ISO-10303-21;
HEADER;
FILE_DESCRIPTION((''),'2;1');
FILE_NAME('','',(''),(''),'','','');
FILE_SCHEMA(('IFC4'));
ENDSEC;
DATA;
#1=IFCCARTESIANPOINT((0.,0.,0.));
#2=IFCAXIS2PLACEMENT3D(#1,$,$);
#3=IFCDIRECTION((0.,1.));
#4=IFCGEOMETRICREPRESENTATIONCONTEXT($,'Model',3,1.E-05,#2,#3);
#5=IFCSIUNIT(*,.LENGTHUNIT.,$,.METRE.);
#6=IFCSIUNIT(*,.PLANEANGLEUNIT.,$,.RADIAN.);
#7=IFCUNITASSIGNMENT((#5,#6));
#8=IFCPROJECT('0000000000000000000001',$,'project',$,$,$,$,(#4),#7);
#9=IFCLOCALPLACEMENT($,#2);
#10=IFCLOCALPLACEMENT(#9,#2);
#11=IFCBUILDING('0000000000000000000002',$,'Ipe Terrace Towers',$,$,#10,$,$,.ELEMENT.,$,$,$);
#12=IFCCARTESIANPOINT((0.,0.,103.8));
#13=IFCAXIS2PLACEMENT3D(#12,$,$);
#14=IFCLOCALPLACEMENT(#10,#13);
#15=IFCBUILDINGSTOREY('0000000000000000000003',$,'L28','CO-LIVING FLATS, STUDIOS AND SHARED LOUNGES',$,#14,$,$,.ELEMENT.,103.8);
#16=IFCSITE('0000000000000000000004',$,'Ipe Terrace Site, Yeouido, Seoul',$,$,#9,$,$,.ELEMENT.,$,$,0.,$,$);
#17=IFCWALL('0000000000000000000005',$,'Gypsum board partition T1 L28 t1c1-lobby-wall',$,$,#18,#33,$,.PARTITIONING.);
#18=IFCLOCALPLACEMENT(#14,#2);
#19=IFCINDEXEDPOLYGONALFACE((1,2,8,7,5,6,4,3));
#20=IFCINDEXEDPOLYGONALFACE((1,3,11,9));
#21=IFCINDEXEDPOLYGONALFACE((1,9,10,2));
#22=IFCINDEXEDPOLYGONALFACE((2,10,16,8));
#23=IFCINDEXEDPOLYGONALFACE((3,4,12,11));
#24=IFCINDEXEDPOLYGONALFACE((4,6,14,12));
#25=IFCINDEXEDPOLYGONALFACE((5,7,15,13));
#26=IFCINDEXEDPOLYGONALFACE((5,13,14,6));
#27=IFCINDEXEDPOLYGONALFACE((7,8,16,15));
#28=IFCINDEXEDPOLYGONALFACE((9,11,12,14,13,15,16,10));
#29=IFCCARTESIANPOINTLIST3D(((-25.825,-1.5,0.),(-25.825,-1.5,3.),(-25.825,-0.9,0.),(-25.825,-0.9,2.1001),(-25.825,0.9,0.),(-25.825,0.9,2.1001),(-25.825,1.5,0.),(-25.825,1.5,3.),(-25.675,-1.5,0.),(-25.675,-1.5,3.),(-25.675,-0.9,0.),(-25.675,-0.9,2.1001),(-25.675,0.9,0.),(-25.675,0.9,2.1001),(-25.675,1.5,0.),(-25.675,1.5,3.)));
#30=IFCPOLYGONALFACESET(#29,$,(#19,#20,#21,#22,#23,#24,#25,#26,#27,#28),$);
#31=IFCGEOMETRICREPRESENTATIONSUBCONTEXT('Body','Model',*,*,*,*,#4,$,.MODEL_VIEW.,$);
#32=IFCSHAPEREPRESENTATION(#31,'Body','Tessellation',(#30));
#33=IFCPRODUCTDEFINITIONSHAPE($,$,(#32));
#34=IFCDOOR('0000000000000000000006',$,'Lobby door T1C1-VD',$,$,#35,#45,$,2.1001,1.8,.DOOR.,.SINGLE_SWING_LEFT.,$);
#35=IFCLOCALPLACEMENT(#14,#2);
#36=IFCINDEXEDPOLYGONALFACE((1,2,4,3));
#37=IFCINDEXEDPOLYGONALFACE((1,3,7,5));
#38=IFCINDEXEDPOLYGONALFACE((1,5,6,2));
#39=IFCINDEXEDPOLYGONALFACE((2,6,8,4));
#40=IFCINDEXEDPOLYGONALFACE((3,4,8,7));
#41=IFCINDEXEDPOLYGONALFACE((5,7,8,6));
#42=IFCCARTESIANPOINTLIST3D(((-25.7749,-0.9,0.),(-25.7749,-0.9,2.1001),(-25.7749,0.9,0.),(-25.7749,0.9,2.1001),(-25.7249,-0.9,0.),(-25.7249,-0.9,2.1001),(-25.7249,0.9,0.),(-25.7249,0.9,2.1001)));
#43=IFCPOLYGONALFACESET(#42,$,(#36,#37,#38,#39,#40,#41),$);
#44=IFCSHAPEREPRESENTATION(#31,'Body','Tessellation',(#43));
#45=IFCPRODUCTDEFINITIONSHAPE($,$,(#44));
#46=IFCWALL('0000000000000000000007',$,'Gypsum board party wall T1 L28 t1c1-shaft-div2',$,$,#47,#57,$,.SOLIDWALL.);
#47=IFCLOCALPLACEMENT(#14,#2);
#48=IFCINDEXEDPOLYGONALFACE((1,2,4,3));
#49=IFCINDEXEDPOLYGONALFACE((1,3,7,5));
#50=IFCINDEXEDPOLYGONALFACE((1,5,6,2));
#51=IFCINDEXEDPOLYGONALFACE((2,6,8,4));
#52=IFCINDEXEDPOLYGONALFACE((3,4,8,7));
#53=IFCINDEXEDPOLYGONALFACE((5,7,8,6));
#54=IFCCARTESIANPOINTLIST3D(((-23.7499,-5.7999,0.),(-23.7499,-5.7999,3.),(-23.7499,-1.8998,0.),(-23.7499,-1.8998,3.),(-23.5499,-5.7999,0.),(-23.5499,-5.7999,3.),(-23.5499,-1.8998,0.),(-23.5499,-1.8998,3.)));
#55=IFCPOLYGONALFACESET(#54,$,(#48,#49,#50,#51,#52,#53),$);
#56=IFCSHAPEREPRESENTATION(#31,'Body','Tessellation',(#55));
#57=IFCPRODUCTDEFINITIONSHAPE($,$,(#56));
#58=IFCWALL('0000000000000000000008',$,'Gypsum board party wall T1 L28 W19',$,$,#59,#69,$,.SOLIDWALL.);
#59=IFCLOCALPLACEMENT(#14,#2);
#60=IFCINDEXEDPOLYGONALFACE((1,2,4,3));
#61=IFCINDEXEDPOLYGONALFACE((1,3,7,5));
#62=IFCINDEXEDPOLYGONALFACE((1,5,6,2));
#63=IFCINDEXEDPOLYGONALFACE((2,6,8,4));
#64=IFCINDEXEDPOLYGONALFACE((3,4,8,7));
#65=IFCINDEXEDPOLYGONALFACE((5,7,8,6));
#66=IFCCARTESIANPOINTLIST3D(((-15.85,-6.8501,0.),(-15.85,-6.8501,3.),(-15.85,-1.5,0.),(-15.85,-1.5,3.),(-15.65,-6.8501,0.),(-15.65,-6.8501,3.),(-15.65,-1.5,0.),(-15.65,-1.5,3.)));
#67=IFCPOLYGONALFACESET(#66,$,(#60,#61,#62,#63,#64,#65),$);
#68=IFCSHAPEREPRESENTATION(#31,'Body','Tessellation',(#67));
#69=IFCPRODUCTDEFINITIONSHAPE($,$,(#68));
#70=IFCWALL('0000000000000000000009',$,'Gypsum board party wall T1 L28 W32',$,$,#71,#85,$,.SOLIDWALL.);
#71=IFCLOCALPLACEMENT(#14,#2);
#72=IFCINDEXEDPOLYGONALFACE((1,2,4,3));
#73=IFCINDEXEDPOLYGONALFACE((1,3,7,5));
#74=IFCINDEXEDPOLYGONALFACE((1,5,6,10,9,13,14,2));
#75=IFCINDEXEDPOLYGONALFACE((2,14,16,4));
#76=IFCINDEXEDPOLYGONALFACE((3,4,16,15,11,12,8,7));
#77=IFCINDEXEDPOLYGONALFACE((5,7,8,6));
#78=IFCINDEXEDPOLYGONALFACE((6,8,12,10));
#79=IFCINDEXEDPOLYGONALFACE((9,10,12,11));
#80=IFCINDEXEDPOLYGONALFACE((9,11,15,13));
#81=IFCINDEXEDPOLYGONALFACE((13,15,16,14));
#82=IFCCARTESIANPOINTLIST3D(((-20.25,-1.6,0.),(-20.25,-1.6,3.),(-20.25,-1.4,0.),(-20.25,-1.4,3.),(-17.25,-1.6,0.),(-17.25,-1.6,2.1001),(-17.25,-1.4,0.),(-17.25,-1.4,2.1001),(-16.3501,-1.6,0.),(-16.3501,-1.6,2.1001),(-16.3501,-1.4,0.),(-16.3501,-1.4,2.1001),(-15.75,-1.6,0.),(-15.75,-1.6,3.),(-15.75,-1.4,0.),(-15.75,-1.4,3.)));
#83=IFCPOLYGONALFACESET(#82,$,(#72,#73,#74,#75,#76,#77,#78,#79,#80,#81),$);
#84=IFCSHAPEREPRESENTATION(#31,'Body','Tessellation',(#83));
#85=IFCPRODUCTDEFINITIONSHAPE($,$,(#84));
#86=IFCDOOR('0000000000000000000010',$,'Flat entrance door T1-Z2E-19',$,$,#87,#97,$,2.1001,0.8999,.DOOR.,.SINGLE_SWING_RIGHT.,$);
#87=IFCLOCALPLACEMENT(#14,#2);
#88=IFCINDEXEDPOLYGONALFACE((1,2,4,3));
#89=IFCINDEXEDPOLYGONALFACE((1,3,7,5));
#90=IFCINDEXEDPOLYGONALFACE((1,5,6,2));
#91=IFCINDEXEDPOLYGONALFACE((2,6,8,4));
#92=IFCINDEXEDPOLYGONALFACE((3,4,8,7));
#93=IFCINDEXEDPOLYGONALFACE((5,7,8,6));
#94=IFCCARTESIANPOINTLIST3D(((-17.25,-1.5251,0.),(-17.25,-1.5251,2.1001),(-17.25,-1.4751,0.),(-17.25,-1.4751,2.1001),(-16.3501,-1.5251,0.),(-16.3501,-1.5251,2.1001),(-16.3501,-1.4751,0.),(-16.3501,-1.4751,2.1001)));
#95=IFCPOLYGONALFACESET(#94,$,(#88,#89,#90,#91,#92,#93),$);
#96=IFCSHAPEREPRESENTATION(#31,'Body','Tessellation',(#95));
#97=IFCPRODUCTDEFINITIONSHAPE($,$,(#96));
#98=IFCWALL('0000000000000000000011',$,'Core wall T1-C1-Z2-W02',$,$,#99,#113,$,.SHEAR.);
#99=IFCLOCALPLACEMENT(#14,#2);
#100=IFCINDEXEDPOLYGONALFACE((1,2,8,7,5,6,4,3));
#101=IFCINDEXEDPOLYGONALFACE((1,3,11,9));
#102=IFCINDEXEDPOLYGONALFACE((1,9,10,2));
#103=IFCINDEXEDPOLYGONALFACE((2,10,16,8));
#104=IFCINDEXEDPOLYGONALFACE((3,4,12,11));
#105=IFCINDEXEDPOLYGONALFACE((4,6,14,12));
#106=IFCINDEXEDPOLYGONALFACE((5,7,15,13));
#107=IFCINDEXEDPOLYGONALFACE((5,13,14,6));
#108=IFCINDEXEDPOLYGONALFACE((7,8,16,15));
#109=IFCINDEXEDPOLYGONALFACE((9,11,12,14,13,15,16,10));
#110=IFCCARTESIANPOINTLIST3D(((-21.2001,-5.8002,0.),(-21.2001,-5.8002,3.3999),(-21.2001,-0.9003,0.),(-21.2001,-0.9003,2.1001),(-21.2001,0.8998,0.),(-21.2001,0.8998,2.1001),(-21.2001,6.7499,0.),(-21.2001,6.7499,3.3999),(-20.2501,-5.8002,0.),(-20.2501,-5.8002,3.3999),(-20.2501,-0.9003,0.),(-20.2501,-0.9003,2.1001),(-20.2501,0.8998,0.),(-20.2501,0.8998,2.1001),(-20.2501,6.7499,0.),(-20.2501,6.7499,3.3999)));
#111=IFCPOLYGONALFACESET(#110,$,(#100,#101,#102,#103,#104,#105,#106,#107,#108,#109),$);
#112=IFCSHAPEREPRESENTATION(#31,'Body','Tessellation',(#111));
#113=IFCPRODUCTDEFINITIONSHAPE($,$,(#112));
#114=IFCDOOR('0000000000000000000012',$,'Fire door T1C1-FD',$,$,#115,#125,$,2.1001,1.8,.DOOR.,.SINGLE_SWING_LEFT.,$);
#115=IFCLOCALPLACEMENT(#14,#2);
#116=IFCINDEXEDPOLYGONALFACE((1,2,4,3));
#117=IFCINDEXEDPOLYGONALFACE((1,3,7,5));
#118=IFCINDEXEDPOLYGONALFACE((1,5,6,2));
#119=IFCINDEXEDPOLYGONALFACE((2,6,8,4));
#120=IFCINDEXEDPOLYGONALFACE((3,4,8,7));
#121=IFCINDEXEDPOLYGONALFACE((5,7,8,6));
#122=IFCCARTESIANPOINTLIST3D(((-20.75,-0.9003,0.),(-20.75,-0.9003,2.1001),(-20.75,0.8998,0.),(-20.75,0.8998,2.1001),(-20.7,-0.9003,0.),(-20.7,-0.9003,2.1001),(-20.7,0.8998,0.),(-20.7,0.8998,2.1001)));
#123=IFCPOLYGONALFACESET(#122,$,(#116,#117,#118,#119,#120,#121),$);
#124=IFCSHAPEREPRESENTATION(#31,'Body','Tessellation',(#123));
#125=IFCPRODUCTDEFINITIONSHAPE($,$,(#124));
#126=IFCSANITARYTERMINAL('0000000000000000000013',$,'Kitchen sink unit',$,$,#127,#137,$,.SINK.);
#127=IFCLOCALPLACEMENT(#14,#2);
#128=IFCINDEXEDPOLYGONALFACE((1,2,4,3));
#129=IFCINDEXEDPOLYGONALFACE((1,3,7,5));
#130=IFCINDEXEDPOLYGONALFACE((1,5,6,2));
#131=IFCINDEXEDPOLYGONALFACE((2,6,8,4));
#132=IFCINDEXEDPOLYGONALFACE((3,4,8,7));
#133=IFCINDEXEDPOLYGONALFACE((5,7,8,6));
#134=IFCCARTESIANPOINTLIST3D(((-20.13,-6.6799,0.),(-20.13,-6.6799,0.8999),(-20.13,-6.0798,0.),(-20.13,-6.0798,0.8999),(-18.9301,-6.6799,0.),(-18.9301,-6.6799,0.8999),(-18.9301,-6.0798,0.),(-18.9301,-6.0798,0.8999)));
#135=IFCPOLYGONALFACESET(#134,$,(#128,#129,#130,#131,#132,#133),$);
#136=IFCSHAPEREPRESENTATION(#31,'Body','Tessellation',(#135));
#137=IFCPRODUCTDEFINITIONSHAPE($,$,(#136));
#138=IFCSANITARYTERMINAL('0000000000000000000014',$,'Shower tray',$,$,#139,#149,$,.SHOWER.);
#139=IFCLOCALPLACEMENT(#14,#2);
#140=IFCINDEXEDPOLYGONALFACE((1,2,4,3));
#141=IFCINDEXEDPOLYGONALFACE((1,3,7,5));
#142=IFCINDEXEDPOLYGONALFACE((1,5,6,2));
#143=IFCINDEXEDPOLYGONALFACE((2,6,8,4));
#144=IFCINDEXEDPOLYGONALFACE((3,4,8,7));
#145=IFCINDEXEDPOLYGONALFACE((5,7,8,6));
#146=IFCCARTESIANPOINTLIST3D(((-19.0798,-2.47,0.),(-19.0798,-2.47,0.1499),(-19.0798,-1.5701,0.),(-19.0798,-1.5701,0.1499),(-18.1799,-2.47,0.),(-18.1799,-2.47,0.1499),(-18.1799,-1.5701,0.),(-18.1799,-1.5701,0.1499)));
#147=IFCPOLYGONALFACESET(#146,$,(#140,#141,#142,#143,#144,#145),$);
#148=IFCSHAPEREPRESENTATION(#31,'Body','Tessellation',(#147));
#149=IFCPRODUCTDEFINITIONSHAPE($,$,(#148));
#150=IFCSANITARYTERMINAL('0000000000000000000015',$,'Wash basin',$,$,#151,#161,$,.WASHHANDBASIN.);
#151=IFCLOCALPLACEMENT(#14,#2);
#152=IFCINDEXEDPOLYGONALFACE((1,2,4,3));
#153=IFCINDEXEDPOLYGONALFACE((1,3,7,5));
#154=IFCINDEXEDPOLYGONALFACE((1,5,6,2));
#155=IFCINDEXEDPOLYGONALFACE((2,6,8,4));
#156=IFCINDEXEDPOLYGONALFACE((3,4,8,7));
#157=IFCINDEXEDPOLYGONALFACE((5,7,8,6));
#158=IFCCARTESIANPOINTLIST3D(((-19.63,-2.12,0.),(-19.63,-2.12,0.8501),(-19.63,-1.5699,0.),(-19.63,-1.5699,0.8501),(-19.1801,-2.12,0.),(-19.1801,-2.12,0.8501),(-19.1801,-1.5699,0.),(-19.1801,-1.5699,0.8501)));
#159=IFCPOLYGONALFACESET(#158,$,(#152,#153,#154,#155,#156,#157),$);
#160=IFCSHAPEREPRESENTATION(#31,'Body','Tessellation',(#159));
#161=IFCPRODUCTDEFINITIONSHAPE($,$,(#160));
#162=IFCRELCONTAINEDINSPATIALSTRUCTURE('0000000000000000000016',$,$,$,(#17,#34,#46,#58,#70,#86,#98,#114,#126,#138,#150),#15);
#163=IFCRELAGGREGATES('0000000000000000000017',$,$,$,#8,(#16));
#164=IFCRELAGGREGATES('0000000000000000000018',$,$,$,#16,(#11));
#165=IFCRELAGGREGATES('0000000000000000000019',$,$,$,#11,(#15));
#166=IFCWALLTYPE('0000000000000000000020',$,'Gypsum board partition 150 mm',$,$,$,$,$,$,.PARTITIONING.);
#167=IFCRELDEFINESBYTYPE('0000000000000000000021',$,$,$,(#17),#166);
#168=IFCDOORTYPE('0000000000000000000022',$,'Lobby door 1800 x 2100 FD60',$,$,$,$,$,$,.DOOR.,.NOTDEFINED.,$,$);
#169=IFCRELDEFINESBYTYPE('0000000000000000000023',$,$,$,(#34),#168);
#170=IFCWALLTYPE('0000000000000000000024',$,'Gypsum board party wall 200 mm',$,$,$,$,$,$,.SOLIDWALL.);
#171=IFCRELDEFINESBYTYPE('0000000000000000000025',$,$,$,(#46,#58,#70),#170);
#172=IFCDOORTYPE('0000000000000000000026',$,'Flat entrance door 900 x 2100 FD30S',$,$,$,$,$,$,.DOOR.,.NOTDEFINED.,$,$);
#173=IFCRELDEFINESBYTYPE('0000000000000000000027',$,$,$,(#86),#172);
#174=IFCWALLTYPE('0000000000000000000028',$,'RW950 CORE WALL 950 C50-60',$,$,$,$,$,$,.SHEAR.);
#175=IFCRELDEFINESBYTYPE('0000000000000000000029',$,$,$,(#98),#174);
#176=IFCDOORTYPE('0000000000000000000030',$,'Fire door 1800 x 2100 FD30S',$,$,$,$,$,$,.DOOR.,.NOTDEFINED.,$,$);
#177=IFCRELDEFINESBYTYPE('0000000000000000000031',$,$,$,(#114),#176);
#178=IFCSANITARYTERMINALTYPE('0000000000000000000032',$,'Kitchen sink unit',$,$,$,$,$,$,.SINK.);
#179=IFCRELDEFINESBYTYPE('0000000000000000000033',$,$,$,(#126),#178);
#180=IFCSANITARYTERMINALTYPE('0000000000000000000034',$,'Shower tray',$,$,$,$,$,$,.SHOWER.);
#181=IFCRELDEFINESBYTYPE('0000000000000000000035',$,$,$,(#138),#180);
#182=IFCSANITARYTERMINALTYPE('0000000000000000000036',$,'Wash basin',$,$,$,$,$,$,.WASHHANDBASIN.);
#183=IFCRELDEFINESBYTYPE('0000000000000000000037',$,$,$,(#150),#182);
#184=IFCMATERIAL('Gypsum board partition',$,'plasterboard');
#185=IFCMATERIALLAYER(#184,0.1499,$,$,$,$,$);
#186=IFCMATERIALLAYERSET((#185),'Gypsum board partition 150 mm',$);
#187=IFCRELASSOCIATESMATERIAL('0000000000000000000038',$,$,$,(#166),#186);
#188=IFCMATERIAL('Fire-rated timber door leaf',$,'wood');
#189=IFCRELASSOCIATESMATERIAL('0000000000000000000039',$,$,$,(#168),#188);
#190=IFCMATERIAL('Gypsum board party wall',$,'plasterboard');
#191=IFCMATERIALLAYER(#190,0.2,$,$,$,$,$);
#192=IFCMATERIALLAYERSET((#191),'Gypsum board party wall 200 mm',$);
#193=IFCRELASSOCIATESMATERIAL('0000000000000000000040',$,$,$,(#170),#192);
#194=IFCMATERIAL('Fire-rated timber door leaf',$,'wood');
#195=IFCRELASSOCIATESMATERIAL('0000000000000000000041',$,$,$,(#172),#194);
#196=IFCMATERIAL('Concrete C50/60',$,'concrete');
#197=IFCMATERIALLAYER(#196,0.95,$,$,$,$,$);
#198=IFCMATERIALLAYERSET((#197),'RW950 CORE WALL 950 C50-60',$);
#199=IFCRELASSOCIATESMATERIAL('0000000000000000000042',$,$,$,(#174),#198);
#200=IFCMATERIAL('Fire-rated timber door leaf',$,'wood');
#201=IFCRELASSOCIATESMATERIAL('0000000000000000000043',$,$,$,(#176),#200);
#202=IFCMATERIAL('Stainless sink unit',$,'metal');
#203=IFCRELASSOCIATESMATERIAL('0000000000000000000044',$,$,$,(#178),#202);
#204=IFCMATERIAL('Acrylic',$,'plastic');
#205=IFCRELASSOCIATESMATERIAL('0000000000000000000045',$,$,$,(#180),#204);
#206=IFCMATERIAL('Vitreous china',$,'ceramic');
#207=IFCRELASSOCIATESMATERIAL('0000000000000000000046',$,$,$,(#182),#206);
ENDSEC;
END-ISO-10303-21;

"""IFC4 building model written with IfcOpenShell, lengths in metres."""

from ifc_helpers import new_model, si_unit, direction, frame, frame_2d, origin, origin_2d, place, context, subcontext, project, spatial, rectangle, extrude, material, layer, layer_set, type_object, element, fill, save


model = new_model("IFC4")

# Units and contexts
model_context = context("Model", 3, precision=1e-05, world=origin(), true_north=direction((0.0, 1.0)))
body_context = subcontext(model_context, "Body", "Model", "MODEL_VIEW")
ifc_project = project(units=[si_unit("LENGTHUNIT", "METRE"), si_unit("PLANEANGLEUNIT", "RADIAN")], contexts=[model_context])

# Site, building, storey
site_placement = place(None, origin())
site = spatial("IfcSite", under=ifc_project, at=site_placement, Name="Ipe Terrace Site, Yeouido, Seoul", CompositionType="ELEMENT", RefElevation=0.0)
building_placement = place(site_placement, origin())
building = spatial("IfcBuilding", under=site, at=building_placement, Name="Ipe Terrace Towers", CompositionType="ELEMENT")
storey_placement = place(building_placement, frame((0.0, 0.0, 103.8)))
storey = spatial("IfcBuildingStorey", under=building, at=storey_placement, Name="L28", Description="CO-LIVING FLATS, STUDIOS AND SHARED LOUNGES", CompositionType="ELEMENT", Elevation=103.8)

# Wall, opening, door
ifc_material_1 = material(Name="Gypsum board partition", Category="plasterboard")
ifc_layer_1 = layer(ifc_material_1, 0.1499)
ifc_layer_set_1 = layer_set([ifc_layer_1], Name="Gypsum board partition 150 mm")
wall_type_1 = type_object("IfcWallType", Name="Gypsum board partition 150 mm", PredefinedType="PARTITIONING", material=ifc_layer_set_1)
wall_1_placement = place(storey_placement, frame((-25.75, -1.5, 0.0), z_axis=(0.0, 0.0, 1.0), x_axis=(0.0, 1.0, 0.0)))
wall_1 = element("IfcWall", 1, at=wall_1_placement, inside=storey, type_object=wall_type_1, Name="Gypsum board partition T1 L28 t1c1-lobby-wall", PredefinedType="PARTITIONING", context=body_context, shape_type="SweptSolid", body=[
    extrude(rectangle(XDim=3.0, YDim=0.1499, at=frame_2d((1.5, 0.0))), origin(), (0.0, 0.0, 1.0), 3.0),
])
opening_1_placement = place(wall_1_placement, frame((0.6001, 0.0, 0.0)))
opening_1 = element("IfcOpeningElement", 2, at=opening_1_placement, cuts=wall_1, PredefinedType="OPENING", context=body_context, shape_type="SweptSolid", body=[
    extrude(rectangle(XDim=1.8, YDim=2.1001, at=frame_2d((0.8999, 1.05))), frame((0.0, 0.085, 0.0), z_axis=(0.0, -1.0, 0.0), x_axis=(1.0, 0.0, 0.0)), (0.0, 0.0, 1.0), 0.1699),
])
ifc_material_2 = material(Name="Fire-rated timber door leaf", Category="wood")
door_type_1 = type_object("IfcDoorType", Name="Lobby door 1800 x 2100 FD60", OperationType="NOTDEFINED", PredefinedType="DOOR", material=ifc_material_2)
door_1_placement = place(opening_1_placement, origin())
door_1 = element("IfcDoor", 3, at=door_1_placement, inside=storey, type_object=door_type_1, Name="Lobby door T1C1-VD", OperationType="SINGLE_SWING_LEFT", OverallHeight=2.1001, OverallWidth=1.8, PredefinedType="DOOR", context=body_context, shape_type="SweptSolid", body=[
    extrude(rectangle(XDim=1.8, YDim=2.1001, at=frame_2d((0.8999, 1.05))), frame((0.0, 0.0249, 0.0), z_axis=(0.0, -1.0, 0.0), x_axis=(1.0, 0.0, 0.0)), (0.0, 0.0, 1.0), 0.05),
])
fill(opening_1, door_1)

# Walls
ifc_material_3 = material(Name="Gypsum board party wall", Category="plasterboard")
ifc_layer_2 = layer(ifc_material_3, 0.2)
ifc_layer_set_2 = layer_set([ifc_layer_2], Name="Gypsum board party wall 200 mm")
wall_type_2 = type_object("IfcWallType", Name="Gypsum board party wall 200 mm", PredefinedType="SOLIDWALL", material=ifc_layer_set_2)
wall_2_placement = place(storey_placement, frame((-23.6499, -5.8, 0.0), z_axis=(0.0, 0.0, 1.0), x_axis=(0.0, 1.0, 0.0)))
element("IfcWall", 4, at=wall_2_placement, inside=storey, type_object=wall_type_2, Name="Gypsum board party wall T1 L28 t1c1-shaft-div2", PredefinedType="SOLIDWALL", context=body_context, shape_type="SweptSolid", body=[
    extrude(rectangle(XDim=3.9001, YDim=0.2, at=frame_2d((1.9502, 0.0))), origin(), (0.0, 0.0, 1.0), 3.0),
])
wall_3_placement = place(storey_placement, frame((-15.75, -6.8501, 0.0), z_axis=(0.0, 0.0, 1.0), x_axis=(0.0, 1.0, 0.0)))
element("IfcWall", 5, at=wall_3_placement, inside=storey, type_object=wall_type_2, Name="Gypsum board party wall T1 L28 W19", PredefinedType="SOLIDWALL", context=body_context, shape_type="SweptSolid", body=[
    extrude(rectangle(XDim=5.3501, YDim=0.2, at=frame_2d((2.675, 0.0))), origin(), (0.0, 0.0, 1.0), 3.0),
])

# Walls, openings, doors
wall_4_placement = place(storey_placement, frame((-20.25, -1.5, 0.0), z_axis=(0.0, 0.0, 1.0), x_axis=(1.0, 0.0, 0.0)))
wall_4 = element("IfcWall", 6, at=wall_4_placement, inside=storey, type_object=wall_type_2, Name="Gypsum board party wall T1 L28 W32", PredefinedType="SOLIDWALL", context=body_context, shape_type="SweptSolid", body=[
    extrude(rectangle(XDim=4.5, YDim=0.2, at=frame_2d((2.25, 0.0))), origin(), (0.0, 0.0, 1.0), 3.0),
])
opening_2_placement = place(wall_4_placement, frame((3.0, 0.0, 0.0)))
opening_2 = element("IfcOpeningElement", 7, at=opening_2_placement, cuts=wall_4, PredefinedType="OPENING", context=body_context, shape_type="SweptSolid", body=[
    extrude(rectangle(XDim=0.8999, YDim=2.1001, at=frame_2d((0.45, 1.05))), frame((0.0, 0.1099, 0.0), z_axis=(0.0, -1.0, 0.0), x_axis=(1.0, 0.0, 0.0)), (0.0, 0.0, 1.0), 0.22),
])
ifc_material_4 = material(Name="Fire-rated timber door leaf", Category="wood")
door_type_2 = type_object("IfcDoorType", Name="Flat entrance door 900 x 2100 FD30S", OperationType="NOTDEFINED", PredefinedType="DOOR", material=ifc_material_4)
door_2_placement = place(opening_2_placement, origin())
door_2 = element("IfcDoor", 8, at=door_2_placement, inside=storey, type_object=door_type_2, Name="Flat entrance door T1-Z2E-19", OperationType="SINGLE_SWING_RIGHT", OverallHeight=2.1001, OverallWidth=0.8999, PredefinedType="DOOR", context=body_context, shape_type="SweptSolid", body=[
    extrude(rectangle(XDim=0.8999, YDim=2.1001, at=frame_2d((0.45, 1.05))), frame((0.0, 0.0249, 0.0), z_axis=(0.0, -1.0, 0.0), x_axis=(1.0, 0.0, 0.0)), (0.0, 0.0, 1.0), 0.05),
])
fill(opening_2, door_2)
ifc_material_5 = material(Name="Concrete C50/60", Category="concrete")
ifc_layer_3 = layer(ifc_material_5, 0.95)
ifc_layer_set_3 = layer_set([ifc_layer_3], Name="RW950 CORE WALL 950 C50-60")
wall_type_3 = type_object("IfcWallType", Name="RW950 CORE WALL 950 C50-60", PredefinedType="SHEAR", material=ifc_layer_set_3)
wall_5_placement = place(storey_placement, frame((-20.7251, -5.8, 0.0), z_axis=(0.0, 0.0, 1.0), x_axis=(0.0, 1.0, 0.0)))
wall_5 = element("IfcWall", 9, at=wall_5_placement, inside=storey, type_object=wall_type_3, Name="Core wall T1-C1-Z2-W02", PredefinedType="SHEAR", context=body_context, shape_type="SweptSolid", body=[
    extrude(rectangle(XDim=12.55, YDim=0.95, at=frame_2d((6.2749, 0.0))), origin(), (0.0, 0.0, 1.0), 3.3999),
])
opening_3_placement = place(wall_5_placement, frame((4.8999, 0.0, 0.0)))
opening_3 = element("IfcOpeningElement", 10, at=opening_3_placement, cuts=wall_5, PredefinedType="OPENING", context=body_context, shape_type="SweptSolid", body=[
    extrude(rectangle(XDim=1.8, YDim=2.1001, at=frame_2d((0.8999, 1.05))), frame((0.0, 0.4849, 0.0), z_axis=(0.0, -1.0, 0.0), x_axis=(1.0, 0.0, 0.0)), (0.0, 0.0, 1.0), 0.97),
])
ifc_material_6 = material(Name="Fire-rated timber door leaf", Category="wood")
door_type_3 = type_object("IfcDoorType", Name="Fire door 1800 x 2100 FD30S", OperationType="NOTDEFINED", PredefinedType="DOOR", material=ifc_material_6)
door_3_placement = place(opening_3_placement, origin())
door_3 = element("IfcDoor", 11, at=door_3_placement, inside=storey, type_object=door_type_3, Name="Fire door T1C1-FD", OperationType="SINGLE_SWING_LEFT", OverallHeight=2.1001, OverallWidth=1.8, PredefinedType="DOOR", context=body_context, shape_type="SweptSolid", body=[
    extrude(rectangle(XDim=1.8, YDim=2.1001, at=frame_2d((0.8999, 1.05))), frame((0.0, 0.0249, 0.0), z_axis=(0.0, -1.0, 0.0), x_axis=(1.0, 0.0, 0.0)), (0.0, 0.0, 1.0), 0.05),
])
fill(opening_3, door_3)

# Sanitary terminals
ifc_material_7 = material(Name="Stainless sink unit", Category="metal")
sanitary_terminal_type_1 = type_object("IfcSanitaryTerminalType", Name="Kitchen sink unit", PredefinedType="SINK", material=ifc_material_7)
sanitary_terminal_1_placement = place(storey_placement, frame((-19.53, -6.3799, 0.0), z_axis=(0.0, 0.0, 1.0), x_axis=(-1.0, 0.0, 0.0)))
element("IfcSanitaryTerminal", 12, at=sanitary_terminal_1_placement, inside=storey, type_object=sanitary_terminal_type_1, Name="Kitchen sink unit", PredefinedType="SINK", context=body_context, shape_type="SweptSolid", body=[
    extrude(rectangle(XDim=1.2, YDim=0.6001, at=origin_2d()), origin(), (0.0, 0.0, 1.0), 0.8999),
])
ifc_material_8 = material(Name="Acrylic", Category="plastic")
sanitary_terminal_type_2 = type_object("IfcSanitaryTerminalType", Name="Shower tray", PredefinedType="SHOWER", material=ifc_material_8)
sanitary_terminal_2_placement = place(storey_placement, frame((-18.6299, -2.02, 0.0), z_axis=(0.0, 0.0, 1.0), x_axis=(0.0, -1.0, 0.0)))
element("IfcSanitaryTerminal", 13, at=sanitary_terminal_2_placement, inside=storey, type_object=sanitary_terminal_type_2, Name="Shower tray", PredefinedType="SHOWER", context=body_context, shape_type="SweptSolid", body=[
    extrude(rectangle(XDim=0.8999, YDim=0.8999, at=origin_2d()), origin(), (0.0, 0.0, 1.0), 0.1499),
])
ifc_material_9 = material(Name="Vitreous china", Category="ceramic")
sanitary_terminal_type_3 = type_object("IfcSanitaryTerminalType", Name="Wash basin", PredefinedType="WASHHANDBASIN", material=ifc_material_9)
sanitary_terminal_3_placement = place(storey_placement, frame((-19.405, -1.845, 0.0), z_axis=(0.0, 0.0, 1.0), x_axis=(0.0, -1.0, 0.0)))
element("IfcSanitaryTerminal", 14, at=sanitary_terminal_3_placement, inside=storey, type_object=sanitary_terminal_type_3, Name="Wash basin", PredefinedType="WASHHANDBASIN", context=body_context, shape_type="SweptSolid", body=[
    extrude(rectangle(XDim=0.55, YDim=0.45, at=origin_2d()), origin(), (0.0, 0.0, 1.0), 0.8501),
])

save(model, "model.ifc")
